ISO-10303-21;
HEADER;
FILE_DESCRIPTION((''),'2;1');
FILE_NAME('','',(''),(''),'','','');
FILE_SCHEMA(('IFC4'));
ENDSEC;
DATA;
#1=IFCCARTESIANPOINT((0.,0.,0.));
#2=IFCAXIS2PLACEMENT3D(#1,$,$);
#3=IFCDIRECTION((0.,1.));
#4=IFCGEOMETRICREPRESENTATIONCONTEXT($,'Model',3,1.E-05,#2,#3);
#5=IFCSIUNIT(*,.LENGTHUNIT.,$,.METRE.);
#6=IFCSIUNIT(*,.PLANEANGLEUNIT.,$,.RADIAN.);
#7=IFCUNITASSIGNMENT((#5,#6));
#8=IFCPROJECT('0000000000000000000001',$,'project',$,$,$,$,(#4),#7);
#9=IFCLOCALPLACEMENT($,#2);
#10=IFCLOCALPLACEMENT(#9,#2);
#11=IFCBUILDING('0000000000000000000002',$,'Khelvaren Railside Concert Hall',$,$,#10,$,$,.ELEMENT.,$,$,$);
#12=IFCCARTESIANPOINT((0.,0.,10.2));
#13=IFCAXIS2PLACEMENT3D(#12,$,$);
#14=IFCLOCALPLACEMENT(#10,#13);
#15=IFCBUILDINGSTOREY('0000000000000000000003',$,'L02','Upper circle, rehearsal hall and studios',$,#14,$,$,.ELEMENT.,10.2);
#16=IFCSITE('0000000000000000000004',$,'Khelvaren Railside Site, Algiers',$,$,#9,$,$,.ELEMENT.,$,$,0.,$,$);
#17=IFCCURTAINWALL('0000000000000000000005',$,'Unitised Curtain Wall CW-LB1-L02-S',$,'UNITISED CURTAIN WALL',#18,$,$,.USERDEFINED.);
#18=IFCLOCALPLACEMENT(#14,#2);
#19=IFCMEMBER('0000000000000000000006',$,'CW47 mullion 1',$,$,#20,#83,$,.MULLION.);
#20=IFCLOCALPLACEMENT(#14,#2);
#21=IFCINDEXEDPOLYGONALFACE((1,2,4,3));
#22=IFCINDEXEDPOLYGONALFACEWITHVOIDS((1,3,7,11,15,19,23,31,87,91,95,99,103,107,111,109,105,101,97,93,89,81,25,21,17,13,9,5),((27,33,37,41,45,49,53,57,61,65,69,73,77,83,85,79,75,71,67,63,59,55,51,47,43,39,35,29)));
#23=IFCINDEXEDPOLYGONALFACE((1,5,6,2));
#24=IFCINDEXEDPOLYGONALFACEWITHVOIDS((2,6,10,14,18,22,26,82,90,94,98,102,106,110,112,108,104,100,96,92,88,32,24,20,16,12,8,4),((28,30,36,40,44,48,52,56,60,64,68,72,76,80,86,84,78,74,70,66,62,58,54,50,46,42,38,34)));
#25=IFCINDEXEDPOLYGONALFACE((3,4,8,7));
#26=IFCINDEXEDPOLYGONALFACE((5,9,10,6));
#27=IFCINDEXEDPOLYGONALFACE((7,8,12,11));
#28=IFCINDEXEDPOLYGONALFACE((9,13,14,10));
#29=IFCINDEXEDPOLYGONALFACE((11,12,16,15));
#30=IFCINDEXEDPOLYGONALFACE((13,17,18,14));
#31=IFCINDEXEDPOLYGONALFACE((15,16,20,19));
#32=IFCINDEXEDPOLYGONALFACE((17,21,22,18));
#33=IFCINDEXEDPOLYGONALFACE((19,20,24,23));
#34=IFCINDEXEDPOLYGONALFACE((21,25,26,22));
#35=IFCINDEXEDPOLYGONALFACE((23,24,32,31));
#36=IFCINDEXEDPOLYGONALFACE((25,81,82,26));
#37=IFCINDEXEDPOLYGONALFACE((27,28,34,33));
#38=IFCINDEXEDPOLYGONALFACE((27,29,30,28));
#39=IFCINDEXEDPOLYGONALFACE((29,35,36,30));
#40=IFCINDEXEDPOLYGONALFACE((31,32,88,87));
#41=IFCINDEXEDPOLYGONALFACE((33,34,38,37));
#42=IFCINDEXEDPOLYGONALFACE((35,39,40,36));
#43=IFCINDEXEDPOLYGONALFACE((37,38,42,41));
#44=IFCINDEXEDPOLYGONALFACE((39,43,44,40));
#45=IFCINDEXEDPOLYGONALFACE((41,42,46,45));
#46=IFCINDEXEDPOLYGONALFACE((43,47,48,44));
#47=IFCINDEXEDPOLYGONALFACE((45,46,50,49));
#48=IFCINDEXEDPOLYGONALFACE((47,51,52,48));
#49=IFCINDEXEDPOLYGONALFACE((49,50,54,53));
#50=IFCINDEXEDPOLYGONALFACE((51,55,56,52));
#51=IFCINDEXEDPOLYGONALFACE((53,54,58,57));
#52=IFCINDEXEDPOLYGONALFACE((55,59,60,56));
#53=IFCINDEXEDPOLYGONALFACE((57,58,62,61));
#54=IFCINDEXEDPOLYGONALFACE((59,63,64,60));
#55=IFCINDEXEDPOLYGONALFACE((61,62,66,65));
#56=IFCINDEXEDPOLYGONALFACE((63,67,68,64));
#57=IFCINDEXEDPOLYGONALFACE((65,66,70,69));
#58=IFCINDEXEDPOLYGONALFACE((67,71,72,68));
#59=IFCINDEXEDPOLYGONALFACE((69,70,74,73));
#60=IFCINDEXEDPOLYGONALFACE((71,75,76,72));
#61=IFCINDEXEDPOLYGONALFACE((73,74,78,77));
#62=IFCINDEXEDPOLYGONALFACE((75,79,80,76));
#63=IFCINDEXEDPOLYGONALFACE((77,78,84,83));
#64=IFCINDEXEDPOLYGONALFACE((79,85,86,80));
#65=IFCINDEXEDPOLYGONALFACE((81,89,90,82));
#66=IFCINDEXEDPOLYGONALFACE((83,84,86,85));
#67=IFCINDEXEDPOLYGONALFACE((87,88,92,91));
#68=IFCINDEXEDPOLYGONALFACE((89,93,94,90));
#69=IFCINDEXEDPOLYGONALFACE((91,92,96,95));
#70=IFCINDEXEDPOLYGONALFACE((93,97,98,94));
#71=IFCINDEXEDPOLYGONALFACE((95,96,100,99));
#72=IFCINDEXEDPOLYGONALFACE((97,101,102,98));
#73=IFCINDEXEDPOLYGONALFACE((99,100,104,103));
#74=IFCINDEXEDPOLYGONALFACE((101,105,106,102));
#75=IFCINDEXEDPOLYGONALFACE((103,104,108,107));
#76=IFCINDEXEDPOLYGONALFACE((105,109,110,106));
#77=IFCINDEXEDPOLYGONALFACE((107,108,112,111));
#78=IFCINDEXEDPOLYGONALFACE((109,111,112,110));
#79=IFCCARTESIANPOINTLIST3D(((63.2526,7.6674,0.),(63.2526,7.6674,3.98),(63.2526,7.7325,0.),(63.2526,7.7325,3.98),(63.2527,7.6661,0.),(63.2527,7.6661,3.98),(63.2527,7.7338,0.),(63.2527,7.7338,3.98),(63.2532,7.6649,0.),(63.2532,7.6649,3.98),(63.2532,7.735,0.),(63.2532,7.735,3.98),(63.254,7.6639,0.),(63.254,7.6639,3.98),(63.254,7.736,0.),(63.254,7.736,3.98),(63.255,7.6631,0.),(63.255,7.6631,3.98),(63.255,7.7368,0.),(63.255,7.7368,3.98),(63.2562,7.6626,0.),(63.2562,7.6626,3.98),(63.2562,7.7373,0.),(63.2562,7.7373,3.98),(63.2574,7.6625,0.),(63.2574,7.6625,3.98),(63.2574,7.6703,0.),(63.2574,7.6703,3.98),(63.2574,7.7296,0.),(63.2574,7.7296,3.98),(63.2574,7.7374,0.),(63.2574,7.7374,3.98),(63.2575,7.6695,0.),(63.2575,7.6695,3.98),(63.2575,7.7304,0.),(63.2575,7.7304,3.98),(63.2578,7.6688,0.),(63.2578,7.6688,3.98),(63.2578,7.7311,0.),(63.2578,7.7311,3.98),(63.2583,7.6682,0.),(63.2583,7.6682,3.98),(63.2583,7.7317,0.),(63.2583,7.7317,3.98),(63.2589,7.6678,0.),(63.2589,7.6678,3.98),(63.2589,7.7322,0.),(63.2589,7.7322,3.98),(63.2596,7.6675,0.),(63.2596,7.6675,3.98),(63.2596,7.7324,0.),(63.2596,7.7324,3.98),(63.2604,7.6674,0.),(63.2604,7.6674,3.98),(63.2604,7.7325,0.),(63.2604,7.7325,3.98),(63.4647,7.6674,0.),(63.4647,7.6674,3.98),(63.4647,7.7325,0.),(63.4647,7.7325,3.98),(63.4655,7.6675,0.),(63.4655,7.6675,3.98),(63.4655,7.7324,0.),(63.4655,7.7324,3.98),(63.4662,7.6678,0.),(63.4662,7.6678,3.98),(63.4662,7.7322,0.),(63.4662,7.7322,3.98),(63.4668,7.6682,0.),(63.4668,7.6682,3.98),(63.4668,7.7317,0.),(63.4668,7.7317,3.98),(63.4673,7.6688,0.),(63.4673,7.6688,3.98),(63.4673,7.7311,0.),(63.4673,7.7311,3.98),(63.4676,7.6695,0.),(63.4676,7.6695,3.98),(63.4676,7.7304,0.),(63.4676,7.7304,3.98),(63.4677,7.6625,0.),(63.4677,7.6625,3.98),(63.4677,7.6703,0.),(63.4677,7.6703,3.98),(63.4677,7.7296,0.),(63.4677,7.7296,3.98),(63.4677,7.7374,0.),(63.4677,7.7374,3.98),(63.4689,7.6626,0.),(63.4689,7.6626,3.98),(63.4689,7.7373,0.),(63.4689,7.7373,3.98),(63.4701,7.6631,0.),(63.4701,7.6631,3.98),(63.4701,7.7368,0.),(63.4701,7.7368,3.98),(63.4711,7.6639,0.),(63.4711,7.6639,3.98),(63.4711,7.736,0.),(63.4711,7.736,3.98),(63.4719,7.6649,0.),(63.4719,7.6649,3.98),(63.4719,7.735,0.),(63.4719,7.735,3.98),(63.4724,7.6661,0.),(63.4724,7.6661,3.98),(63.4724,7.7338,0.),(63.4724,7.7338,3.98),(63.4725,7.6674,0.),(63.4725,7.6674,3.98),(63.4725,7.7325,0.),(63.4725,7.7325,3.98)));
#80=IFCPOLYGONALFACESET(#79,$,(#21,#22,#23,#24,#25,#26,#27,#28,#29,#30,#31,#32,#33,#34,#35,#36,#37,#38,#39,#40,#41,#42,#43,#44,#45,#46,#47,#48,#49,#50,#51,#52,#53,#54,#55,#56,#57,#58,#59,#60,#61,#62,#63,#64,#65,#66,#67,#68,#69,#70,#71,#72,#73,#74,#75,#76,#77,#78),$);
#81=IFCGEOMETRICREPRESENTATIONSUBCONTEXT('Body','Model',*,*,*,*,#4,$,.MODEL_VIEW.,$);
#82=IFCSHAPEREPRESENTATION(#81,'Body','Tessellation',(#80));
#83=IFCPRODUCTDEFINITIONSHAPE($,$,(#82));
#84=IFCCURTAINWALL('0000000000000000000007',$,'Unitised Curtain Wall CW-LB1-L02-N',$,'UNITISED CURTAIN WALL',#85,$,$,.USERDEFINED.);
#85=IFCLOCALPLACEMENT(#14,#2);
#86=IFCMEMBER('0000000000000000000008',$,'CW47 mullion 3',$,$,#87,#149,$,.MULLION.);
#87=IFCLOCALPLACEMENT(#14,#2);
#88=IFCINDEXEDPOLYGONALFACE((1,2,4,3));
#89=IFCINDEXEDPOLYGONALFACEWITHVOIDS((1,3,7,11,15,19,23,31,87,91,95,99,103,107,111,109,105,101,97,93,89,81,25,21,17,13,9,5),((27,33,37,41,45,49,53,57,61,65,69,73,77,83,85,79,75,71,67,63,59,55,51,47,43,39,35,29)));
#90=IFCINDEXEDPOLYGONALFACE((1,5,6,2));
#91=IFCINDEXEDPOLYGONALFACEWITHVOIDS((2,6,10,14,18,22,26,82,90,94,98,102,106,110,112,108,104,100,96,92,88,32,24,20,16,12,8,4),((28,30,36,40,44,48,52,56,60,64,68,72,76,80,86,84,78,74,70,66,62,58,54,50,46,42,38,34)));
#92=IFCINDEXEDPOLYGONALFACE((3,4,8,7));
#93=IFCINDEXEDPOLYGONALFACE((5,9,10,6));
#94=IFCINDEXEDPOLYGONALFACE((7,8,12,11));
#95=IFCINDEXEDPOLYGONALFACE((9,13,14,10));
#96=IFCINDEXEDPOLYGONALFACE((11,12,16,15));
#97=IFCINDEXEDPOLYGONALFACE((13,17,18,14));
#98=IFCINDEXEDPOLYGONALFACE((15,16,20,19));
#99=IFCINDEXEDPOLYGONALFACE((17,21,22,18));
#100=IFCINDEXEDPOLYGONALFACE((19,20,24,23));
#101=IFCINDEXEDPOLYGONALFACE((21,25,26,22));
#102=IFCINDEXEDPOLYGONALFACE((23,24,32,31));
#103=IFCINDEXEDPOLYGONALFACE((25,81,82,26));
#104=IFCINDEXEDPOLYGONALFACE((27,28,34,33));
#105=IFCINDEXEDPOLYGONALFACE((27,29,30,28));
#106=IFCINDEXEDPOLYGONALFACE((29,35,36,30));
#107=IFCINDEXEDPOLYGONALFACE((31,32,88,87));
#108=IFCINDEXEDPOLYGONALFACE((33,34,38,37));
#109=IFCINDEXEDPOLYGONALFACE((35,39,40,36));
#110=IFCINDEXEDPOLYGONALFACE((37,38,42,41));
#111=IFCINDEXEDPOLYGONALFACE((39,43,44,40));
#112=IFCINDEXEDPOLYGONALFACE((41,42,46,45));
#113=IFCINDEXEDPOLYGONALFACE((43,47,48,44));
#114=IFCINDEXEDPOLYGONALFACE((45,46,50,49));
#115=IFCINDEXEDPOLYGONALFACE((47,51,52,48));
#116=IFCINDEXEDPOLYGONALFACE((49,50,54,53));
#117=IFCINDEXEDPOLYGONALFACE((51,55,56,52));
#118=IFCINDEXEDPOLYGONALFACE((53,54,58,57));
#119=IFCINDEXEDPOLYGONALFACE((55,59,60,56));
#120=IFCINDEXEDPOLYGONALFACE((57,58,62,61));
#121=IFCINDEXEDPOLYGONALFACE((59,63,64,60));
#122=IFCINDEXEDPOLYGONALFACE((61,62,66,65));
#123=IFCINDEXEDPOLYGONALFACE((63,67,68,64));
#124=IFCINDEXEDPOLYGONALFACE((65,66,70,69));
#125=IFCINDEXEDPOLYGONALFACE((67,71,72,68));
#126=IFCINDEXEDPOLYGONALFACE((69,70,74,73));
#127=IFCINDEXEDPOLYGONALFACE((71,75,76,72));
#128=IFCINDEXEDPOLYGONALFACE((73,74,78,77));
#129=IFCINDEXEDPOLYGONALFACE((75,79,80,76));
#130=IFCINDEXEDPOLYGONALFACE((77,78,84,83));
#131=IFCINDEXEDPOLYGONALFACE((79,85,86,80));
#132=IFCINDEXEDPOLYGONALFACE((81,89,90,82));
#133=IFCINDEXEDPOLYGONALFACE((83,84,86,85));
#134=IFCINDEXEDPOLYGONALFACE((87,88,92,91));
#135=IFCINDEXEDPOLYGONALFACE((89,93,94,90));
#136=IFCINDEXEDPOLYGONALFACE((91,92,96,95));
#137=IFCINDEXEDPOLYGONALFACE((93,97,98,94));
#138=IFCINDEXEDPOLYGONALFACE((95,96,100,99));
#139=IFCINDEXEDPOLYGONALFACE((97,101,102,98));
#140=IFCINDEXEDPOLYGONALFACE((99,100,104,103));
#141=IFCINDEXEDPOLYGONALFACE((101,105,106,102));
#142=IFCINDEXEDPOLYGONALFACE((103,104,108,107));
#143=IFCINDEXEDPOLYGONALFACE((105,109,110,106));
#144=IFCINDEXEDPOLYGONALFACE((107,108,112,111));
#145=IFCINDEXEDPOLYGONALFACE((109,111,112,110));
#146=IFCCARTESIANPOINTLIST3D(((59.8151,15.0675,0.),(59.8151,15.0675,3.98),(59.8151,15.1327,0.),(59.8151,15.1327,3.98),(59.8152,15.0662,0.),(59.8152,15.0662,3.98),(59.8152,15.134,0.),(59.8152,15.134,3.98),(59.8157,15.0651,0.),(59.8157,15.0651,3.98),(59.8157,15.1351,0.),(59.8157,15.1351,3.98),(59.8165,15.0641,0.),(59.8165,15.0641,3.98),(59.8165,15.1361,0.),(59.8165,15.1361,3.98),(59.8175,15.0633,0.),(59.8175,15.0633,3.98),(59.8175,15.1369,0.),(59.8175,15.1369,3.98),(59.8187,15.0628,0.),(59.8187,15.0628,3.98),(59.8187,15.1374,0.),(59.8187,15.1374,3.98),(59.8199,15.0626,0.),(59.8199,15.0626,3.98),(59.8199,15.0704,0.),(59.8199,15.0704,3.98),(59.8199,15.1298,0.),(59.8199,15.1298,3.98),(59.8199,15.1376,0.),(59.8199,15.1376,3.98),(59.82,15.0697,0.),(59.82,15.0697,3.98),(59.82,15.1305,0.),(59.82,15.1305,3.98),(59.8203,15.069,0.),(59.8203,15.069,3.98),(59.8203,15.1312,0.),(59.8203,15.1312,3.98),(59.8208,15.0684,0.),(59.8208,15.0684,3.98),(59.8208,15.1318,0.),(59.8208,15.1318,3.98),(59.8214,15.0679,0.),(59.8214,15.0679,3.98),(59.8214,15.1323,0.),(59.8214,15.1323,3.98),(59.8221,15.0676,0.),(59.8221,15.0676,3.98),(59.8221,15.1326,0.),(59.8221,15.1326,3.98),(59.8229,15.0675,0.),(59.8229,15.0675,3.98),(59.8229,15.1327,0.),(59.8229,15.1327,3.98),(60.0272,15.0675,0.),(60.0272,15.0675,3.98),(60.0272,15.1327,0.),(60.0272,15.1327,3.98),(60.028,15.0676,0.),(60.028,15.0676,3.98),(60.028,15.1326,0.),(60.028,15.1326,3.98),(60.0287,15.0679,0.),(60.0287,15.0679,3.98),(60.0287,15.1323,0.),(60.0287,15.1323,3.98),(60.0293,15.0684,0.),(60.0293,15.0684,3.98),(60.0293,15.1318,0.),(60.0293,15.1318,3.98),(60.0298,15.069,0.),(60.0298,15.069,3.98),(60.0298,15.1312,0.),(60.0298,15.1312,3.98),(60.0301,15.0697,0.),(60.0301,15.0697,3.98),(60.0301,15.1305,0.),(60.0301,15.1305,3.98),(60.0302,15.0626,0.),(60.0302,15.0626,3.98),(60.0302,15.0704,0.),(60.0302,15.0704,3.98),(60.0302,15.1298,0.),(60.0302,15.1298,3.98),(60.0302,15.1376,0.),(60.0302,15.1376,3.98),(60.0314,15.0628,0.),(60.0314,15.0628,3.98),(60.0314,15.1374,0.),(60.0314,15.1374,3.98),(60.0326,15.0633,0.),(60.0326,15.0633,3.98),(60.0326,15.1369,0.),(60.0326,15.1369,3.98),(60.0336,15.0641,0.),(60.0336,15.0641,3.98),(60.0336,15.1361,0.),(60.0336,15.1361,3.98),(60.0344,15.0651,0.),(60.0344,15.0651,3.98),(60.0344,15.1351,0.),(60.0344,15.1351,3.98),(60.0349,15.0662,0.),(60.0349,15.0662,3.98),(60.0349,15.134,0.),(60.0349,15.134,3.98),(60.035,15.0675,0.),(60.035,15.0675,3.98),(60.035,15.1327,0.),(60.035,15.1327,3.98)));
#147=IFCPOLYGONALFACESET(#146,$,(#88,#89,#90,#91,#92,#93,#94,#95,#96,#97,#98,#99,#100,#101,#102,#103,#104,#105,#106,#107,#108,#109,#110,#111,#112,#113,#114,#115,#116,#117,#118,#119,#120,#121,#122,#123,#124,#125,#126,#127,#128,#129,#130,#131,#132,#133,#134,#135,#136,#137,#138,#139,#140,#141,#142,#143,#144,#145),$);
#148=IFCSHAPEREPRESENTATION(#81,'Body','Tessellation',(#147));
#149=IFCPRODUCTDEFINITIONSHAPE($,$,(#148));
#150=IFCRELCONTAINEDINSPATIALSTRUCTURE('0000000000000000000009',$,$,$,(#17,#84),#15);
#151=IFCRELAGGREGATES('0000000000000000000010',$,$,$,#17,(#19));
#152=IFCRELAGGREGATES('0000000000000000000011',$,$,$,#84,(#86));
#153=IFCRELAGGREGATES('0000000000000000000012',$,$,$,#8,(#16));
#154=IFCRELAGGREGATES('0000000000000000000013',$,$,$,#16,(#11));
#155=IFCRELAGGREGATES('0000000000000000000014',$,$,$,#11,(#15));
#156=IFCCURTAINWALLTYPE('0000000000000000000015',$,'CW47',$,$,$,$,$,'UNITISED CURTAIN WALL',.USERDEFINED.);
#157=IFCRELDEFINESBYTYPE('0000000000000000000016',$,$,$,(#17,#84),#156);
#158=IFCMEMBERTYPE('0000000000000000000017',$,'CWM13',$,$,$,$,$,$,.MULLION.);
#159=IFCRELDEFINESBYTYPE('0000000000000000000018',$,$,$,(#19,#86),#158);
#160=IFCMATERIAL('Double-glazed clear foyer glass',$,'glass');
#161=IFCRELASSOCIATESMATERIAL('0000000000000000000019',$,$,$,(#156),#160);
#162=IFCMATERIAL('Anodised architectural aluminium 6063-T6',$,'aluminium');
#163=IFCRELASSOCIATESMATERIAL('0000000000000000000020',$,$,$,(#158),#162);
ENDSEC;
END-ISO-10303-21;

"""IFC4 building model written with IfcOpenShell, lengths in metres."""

from ifc_helpers import new_model, si_unit, direction, frame, origin, origin_2d, place, context, subcontext, project, spatial, hollow_rectangle, extrude, material, material_profile, profile_set, type_object, element, aggregate, save


model = new_model("IFC4")

# Units and contexts
model_context = context("Model", 3, precision=1e-05, world=origin(), true_north=direction((0.0, 1.0)))
body_context = subcontext(model_context, "Body", "Model", "MODEL_VIEW")
ifc_project = project(units=[si_unit("LENGTHUNIT", "METRE"), si_unit("PLANEANGLEUNIT", "RADIAN")], contexts=[model_context])

# Site, building, storey
site_placement = place(None, origin())
site = spatial("IfcSite", under=ifc_project, at=site_placement, Name="Khelvaren Railside Site, Algiers", CompositionType="ELEMENT", RefElevation=0.0)
building_placement = place(site_placement, origin())
building = spatial("IfcBuilding", under=site, at=building_placement, Name="Khelvaren Railside Concert Hall", CompositionType="ELEMENT")
storey_placement = place(building_placement, frame((0.0, 0.0, 10.2)))
storey = spatial("IfcBuildingStorey", under=building, at=storey_placement, Name="L02", Description="Upper circle, rehearsal hall and studios", CompositionType="ELEMENT", Elevation=10.2)

# Curtain wall, member
ifc_material_1 = material(Name="Double-glazed clear foyer glass", Category="glass")
curtain_wall_type = type_object("IfcCurtainWallType", Name="CW47", ElementType="UNITISED CURTAIN WALL", PredefinedType="USERDEFINED", material=ifc_material_1)
curtain_wall_1_placement = place(storey_placement, origin())
curtain_wall_1 = element("IfcCurtainWall", 1, at=curtain_wall_1_placement, inside=storey, type_object=curtain_wall_type, Name="Unitised Curtain Wall CW-LB1-L02-S", ObjectType="UNITISED CURTAIN WALL", PredefinedType="USERDEFINED")
ifc_material_2 = material(Name="Anodised architectural aluminium 6063-T6", Category="aluminium")
ifc_material_profile_1 = material_profile(ifc_material_2, hollow_rectangle(XDim=0.075, YDim=0.22, WallThickness=0.0049, InnerFilletRadius=0.0029, OuterFilletRadius=0.0049, at=origin_2d()), Name="CWM 75x220x5")
ifc_profile_set_1 = profile_set([ifc_material_profile_1], Name="Anodised architectural aluminium 6063-T6")
member_type_1 = type_object("IfcMemberType", Name="CWM13", PredefinedType="MULLION", material=ifc_profile_set_1)
member_1_placement = place(storey_placement, frame((63.3625, 7.7, 0.0), z_axis=(0.0, 0.0, 1.0), x_axis=(0.0, -1.0, 0.0)))
member_1 = element("IfcMember", 2, at=member_1_placement, type_object=member_type_1, Name="CW47 mullion 1", PredefinedType="MULLION", context=body_context, shape_type="SweptSolid", body=[
    extrude(hollow_rectangle(XDim=0.075, YDim=0.22, WallThickness=0.0049, InnerFilletRadius=0.0029, OuterFilletRadius=0.0049, at=origin_2d()), origin(), (0.0, 0.0, 1.0), 3.98),
])

# Curtain wall, member
curtain_wall_2_placement = place(storey_placement, origin())
curtain_wall_2 = element("IfcCurtainWall", 3, at=curtain_wall_2_placement, inside=storey, type_object=curtain_wall_type, Name="Unitised Curtain Wall CW-LB1-L02-N", ObjectType="UNITISED CURTAIN WALL", PredefinedType="USERDEFINED")
member_2_placement = place(storey_placement, frame((59.925, 15.1001, 0.0), z_axis=(0.0, 0.0, 1.0), x_axis=(0.0, 1.0, 0.0)))
member_2 = element("IfcMember", 4, at=member_2_placement, type_object=member_type_1, Name="CW47 mullion 3", PredefinedType="MULLION", context=body_context, shape_type="SweptSolid", body=[
    extrude(hollow_rectangle(XDim=0.075, YDim=0.22, WallThickness=0.0049, InnerFilletRadius=0.0029, OuterFilletRadius=0.0049, at=origin_2d()), origin(), (0.0, 0.0, 1.0), 3.98),
])

aggregate(curtain_wall_1, [member_1])
aggregate(curtain_wall_2, [member_2])

save(model, "model.ifc")
